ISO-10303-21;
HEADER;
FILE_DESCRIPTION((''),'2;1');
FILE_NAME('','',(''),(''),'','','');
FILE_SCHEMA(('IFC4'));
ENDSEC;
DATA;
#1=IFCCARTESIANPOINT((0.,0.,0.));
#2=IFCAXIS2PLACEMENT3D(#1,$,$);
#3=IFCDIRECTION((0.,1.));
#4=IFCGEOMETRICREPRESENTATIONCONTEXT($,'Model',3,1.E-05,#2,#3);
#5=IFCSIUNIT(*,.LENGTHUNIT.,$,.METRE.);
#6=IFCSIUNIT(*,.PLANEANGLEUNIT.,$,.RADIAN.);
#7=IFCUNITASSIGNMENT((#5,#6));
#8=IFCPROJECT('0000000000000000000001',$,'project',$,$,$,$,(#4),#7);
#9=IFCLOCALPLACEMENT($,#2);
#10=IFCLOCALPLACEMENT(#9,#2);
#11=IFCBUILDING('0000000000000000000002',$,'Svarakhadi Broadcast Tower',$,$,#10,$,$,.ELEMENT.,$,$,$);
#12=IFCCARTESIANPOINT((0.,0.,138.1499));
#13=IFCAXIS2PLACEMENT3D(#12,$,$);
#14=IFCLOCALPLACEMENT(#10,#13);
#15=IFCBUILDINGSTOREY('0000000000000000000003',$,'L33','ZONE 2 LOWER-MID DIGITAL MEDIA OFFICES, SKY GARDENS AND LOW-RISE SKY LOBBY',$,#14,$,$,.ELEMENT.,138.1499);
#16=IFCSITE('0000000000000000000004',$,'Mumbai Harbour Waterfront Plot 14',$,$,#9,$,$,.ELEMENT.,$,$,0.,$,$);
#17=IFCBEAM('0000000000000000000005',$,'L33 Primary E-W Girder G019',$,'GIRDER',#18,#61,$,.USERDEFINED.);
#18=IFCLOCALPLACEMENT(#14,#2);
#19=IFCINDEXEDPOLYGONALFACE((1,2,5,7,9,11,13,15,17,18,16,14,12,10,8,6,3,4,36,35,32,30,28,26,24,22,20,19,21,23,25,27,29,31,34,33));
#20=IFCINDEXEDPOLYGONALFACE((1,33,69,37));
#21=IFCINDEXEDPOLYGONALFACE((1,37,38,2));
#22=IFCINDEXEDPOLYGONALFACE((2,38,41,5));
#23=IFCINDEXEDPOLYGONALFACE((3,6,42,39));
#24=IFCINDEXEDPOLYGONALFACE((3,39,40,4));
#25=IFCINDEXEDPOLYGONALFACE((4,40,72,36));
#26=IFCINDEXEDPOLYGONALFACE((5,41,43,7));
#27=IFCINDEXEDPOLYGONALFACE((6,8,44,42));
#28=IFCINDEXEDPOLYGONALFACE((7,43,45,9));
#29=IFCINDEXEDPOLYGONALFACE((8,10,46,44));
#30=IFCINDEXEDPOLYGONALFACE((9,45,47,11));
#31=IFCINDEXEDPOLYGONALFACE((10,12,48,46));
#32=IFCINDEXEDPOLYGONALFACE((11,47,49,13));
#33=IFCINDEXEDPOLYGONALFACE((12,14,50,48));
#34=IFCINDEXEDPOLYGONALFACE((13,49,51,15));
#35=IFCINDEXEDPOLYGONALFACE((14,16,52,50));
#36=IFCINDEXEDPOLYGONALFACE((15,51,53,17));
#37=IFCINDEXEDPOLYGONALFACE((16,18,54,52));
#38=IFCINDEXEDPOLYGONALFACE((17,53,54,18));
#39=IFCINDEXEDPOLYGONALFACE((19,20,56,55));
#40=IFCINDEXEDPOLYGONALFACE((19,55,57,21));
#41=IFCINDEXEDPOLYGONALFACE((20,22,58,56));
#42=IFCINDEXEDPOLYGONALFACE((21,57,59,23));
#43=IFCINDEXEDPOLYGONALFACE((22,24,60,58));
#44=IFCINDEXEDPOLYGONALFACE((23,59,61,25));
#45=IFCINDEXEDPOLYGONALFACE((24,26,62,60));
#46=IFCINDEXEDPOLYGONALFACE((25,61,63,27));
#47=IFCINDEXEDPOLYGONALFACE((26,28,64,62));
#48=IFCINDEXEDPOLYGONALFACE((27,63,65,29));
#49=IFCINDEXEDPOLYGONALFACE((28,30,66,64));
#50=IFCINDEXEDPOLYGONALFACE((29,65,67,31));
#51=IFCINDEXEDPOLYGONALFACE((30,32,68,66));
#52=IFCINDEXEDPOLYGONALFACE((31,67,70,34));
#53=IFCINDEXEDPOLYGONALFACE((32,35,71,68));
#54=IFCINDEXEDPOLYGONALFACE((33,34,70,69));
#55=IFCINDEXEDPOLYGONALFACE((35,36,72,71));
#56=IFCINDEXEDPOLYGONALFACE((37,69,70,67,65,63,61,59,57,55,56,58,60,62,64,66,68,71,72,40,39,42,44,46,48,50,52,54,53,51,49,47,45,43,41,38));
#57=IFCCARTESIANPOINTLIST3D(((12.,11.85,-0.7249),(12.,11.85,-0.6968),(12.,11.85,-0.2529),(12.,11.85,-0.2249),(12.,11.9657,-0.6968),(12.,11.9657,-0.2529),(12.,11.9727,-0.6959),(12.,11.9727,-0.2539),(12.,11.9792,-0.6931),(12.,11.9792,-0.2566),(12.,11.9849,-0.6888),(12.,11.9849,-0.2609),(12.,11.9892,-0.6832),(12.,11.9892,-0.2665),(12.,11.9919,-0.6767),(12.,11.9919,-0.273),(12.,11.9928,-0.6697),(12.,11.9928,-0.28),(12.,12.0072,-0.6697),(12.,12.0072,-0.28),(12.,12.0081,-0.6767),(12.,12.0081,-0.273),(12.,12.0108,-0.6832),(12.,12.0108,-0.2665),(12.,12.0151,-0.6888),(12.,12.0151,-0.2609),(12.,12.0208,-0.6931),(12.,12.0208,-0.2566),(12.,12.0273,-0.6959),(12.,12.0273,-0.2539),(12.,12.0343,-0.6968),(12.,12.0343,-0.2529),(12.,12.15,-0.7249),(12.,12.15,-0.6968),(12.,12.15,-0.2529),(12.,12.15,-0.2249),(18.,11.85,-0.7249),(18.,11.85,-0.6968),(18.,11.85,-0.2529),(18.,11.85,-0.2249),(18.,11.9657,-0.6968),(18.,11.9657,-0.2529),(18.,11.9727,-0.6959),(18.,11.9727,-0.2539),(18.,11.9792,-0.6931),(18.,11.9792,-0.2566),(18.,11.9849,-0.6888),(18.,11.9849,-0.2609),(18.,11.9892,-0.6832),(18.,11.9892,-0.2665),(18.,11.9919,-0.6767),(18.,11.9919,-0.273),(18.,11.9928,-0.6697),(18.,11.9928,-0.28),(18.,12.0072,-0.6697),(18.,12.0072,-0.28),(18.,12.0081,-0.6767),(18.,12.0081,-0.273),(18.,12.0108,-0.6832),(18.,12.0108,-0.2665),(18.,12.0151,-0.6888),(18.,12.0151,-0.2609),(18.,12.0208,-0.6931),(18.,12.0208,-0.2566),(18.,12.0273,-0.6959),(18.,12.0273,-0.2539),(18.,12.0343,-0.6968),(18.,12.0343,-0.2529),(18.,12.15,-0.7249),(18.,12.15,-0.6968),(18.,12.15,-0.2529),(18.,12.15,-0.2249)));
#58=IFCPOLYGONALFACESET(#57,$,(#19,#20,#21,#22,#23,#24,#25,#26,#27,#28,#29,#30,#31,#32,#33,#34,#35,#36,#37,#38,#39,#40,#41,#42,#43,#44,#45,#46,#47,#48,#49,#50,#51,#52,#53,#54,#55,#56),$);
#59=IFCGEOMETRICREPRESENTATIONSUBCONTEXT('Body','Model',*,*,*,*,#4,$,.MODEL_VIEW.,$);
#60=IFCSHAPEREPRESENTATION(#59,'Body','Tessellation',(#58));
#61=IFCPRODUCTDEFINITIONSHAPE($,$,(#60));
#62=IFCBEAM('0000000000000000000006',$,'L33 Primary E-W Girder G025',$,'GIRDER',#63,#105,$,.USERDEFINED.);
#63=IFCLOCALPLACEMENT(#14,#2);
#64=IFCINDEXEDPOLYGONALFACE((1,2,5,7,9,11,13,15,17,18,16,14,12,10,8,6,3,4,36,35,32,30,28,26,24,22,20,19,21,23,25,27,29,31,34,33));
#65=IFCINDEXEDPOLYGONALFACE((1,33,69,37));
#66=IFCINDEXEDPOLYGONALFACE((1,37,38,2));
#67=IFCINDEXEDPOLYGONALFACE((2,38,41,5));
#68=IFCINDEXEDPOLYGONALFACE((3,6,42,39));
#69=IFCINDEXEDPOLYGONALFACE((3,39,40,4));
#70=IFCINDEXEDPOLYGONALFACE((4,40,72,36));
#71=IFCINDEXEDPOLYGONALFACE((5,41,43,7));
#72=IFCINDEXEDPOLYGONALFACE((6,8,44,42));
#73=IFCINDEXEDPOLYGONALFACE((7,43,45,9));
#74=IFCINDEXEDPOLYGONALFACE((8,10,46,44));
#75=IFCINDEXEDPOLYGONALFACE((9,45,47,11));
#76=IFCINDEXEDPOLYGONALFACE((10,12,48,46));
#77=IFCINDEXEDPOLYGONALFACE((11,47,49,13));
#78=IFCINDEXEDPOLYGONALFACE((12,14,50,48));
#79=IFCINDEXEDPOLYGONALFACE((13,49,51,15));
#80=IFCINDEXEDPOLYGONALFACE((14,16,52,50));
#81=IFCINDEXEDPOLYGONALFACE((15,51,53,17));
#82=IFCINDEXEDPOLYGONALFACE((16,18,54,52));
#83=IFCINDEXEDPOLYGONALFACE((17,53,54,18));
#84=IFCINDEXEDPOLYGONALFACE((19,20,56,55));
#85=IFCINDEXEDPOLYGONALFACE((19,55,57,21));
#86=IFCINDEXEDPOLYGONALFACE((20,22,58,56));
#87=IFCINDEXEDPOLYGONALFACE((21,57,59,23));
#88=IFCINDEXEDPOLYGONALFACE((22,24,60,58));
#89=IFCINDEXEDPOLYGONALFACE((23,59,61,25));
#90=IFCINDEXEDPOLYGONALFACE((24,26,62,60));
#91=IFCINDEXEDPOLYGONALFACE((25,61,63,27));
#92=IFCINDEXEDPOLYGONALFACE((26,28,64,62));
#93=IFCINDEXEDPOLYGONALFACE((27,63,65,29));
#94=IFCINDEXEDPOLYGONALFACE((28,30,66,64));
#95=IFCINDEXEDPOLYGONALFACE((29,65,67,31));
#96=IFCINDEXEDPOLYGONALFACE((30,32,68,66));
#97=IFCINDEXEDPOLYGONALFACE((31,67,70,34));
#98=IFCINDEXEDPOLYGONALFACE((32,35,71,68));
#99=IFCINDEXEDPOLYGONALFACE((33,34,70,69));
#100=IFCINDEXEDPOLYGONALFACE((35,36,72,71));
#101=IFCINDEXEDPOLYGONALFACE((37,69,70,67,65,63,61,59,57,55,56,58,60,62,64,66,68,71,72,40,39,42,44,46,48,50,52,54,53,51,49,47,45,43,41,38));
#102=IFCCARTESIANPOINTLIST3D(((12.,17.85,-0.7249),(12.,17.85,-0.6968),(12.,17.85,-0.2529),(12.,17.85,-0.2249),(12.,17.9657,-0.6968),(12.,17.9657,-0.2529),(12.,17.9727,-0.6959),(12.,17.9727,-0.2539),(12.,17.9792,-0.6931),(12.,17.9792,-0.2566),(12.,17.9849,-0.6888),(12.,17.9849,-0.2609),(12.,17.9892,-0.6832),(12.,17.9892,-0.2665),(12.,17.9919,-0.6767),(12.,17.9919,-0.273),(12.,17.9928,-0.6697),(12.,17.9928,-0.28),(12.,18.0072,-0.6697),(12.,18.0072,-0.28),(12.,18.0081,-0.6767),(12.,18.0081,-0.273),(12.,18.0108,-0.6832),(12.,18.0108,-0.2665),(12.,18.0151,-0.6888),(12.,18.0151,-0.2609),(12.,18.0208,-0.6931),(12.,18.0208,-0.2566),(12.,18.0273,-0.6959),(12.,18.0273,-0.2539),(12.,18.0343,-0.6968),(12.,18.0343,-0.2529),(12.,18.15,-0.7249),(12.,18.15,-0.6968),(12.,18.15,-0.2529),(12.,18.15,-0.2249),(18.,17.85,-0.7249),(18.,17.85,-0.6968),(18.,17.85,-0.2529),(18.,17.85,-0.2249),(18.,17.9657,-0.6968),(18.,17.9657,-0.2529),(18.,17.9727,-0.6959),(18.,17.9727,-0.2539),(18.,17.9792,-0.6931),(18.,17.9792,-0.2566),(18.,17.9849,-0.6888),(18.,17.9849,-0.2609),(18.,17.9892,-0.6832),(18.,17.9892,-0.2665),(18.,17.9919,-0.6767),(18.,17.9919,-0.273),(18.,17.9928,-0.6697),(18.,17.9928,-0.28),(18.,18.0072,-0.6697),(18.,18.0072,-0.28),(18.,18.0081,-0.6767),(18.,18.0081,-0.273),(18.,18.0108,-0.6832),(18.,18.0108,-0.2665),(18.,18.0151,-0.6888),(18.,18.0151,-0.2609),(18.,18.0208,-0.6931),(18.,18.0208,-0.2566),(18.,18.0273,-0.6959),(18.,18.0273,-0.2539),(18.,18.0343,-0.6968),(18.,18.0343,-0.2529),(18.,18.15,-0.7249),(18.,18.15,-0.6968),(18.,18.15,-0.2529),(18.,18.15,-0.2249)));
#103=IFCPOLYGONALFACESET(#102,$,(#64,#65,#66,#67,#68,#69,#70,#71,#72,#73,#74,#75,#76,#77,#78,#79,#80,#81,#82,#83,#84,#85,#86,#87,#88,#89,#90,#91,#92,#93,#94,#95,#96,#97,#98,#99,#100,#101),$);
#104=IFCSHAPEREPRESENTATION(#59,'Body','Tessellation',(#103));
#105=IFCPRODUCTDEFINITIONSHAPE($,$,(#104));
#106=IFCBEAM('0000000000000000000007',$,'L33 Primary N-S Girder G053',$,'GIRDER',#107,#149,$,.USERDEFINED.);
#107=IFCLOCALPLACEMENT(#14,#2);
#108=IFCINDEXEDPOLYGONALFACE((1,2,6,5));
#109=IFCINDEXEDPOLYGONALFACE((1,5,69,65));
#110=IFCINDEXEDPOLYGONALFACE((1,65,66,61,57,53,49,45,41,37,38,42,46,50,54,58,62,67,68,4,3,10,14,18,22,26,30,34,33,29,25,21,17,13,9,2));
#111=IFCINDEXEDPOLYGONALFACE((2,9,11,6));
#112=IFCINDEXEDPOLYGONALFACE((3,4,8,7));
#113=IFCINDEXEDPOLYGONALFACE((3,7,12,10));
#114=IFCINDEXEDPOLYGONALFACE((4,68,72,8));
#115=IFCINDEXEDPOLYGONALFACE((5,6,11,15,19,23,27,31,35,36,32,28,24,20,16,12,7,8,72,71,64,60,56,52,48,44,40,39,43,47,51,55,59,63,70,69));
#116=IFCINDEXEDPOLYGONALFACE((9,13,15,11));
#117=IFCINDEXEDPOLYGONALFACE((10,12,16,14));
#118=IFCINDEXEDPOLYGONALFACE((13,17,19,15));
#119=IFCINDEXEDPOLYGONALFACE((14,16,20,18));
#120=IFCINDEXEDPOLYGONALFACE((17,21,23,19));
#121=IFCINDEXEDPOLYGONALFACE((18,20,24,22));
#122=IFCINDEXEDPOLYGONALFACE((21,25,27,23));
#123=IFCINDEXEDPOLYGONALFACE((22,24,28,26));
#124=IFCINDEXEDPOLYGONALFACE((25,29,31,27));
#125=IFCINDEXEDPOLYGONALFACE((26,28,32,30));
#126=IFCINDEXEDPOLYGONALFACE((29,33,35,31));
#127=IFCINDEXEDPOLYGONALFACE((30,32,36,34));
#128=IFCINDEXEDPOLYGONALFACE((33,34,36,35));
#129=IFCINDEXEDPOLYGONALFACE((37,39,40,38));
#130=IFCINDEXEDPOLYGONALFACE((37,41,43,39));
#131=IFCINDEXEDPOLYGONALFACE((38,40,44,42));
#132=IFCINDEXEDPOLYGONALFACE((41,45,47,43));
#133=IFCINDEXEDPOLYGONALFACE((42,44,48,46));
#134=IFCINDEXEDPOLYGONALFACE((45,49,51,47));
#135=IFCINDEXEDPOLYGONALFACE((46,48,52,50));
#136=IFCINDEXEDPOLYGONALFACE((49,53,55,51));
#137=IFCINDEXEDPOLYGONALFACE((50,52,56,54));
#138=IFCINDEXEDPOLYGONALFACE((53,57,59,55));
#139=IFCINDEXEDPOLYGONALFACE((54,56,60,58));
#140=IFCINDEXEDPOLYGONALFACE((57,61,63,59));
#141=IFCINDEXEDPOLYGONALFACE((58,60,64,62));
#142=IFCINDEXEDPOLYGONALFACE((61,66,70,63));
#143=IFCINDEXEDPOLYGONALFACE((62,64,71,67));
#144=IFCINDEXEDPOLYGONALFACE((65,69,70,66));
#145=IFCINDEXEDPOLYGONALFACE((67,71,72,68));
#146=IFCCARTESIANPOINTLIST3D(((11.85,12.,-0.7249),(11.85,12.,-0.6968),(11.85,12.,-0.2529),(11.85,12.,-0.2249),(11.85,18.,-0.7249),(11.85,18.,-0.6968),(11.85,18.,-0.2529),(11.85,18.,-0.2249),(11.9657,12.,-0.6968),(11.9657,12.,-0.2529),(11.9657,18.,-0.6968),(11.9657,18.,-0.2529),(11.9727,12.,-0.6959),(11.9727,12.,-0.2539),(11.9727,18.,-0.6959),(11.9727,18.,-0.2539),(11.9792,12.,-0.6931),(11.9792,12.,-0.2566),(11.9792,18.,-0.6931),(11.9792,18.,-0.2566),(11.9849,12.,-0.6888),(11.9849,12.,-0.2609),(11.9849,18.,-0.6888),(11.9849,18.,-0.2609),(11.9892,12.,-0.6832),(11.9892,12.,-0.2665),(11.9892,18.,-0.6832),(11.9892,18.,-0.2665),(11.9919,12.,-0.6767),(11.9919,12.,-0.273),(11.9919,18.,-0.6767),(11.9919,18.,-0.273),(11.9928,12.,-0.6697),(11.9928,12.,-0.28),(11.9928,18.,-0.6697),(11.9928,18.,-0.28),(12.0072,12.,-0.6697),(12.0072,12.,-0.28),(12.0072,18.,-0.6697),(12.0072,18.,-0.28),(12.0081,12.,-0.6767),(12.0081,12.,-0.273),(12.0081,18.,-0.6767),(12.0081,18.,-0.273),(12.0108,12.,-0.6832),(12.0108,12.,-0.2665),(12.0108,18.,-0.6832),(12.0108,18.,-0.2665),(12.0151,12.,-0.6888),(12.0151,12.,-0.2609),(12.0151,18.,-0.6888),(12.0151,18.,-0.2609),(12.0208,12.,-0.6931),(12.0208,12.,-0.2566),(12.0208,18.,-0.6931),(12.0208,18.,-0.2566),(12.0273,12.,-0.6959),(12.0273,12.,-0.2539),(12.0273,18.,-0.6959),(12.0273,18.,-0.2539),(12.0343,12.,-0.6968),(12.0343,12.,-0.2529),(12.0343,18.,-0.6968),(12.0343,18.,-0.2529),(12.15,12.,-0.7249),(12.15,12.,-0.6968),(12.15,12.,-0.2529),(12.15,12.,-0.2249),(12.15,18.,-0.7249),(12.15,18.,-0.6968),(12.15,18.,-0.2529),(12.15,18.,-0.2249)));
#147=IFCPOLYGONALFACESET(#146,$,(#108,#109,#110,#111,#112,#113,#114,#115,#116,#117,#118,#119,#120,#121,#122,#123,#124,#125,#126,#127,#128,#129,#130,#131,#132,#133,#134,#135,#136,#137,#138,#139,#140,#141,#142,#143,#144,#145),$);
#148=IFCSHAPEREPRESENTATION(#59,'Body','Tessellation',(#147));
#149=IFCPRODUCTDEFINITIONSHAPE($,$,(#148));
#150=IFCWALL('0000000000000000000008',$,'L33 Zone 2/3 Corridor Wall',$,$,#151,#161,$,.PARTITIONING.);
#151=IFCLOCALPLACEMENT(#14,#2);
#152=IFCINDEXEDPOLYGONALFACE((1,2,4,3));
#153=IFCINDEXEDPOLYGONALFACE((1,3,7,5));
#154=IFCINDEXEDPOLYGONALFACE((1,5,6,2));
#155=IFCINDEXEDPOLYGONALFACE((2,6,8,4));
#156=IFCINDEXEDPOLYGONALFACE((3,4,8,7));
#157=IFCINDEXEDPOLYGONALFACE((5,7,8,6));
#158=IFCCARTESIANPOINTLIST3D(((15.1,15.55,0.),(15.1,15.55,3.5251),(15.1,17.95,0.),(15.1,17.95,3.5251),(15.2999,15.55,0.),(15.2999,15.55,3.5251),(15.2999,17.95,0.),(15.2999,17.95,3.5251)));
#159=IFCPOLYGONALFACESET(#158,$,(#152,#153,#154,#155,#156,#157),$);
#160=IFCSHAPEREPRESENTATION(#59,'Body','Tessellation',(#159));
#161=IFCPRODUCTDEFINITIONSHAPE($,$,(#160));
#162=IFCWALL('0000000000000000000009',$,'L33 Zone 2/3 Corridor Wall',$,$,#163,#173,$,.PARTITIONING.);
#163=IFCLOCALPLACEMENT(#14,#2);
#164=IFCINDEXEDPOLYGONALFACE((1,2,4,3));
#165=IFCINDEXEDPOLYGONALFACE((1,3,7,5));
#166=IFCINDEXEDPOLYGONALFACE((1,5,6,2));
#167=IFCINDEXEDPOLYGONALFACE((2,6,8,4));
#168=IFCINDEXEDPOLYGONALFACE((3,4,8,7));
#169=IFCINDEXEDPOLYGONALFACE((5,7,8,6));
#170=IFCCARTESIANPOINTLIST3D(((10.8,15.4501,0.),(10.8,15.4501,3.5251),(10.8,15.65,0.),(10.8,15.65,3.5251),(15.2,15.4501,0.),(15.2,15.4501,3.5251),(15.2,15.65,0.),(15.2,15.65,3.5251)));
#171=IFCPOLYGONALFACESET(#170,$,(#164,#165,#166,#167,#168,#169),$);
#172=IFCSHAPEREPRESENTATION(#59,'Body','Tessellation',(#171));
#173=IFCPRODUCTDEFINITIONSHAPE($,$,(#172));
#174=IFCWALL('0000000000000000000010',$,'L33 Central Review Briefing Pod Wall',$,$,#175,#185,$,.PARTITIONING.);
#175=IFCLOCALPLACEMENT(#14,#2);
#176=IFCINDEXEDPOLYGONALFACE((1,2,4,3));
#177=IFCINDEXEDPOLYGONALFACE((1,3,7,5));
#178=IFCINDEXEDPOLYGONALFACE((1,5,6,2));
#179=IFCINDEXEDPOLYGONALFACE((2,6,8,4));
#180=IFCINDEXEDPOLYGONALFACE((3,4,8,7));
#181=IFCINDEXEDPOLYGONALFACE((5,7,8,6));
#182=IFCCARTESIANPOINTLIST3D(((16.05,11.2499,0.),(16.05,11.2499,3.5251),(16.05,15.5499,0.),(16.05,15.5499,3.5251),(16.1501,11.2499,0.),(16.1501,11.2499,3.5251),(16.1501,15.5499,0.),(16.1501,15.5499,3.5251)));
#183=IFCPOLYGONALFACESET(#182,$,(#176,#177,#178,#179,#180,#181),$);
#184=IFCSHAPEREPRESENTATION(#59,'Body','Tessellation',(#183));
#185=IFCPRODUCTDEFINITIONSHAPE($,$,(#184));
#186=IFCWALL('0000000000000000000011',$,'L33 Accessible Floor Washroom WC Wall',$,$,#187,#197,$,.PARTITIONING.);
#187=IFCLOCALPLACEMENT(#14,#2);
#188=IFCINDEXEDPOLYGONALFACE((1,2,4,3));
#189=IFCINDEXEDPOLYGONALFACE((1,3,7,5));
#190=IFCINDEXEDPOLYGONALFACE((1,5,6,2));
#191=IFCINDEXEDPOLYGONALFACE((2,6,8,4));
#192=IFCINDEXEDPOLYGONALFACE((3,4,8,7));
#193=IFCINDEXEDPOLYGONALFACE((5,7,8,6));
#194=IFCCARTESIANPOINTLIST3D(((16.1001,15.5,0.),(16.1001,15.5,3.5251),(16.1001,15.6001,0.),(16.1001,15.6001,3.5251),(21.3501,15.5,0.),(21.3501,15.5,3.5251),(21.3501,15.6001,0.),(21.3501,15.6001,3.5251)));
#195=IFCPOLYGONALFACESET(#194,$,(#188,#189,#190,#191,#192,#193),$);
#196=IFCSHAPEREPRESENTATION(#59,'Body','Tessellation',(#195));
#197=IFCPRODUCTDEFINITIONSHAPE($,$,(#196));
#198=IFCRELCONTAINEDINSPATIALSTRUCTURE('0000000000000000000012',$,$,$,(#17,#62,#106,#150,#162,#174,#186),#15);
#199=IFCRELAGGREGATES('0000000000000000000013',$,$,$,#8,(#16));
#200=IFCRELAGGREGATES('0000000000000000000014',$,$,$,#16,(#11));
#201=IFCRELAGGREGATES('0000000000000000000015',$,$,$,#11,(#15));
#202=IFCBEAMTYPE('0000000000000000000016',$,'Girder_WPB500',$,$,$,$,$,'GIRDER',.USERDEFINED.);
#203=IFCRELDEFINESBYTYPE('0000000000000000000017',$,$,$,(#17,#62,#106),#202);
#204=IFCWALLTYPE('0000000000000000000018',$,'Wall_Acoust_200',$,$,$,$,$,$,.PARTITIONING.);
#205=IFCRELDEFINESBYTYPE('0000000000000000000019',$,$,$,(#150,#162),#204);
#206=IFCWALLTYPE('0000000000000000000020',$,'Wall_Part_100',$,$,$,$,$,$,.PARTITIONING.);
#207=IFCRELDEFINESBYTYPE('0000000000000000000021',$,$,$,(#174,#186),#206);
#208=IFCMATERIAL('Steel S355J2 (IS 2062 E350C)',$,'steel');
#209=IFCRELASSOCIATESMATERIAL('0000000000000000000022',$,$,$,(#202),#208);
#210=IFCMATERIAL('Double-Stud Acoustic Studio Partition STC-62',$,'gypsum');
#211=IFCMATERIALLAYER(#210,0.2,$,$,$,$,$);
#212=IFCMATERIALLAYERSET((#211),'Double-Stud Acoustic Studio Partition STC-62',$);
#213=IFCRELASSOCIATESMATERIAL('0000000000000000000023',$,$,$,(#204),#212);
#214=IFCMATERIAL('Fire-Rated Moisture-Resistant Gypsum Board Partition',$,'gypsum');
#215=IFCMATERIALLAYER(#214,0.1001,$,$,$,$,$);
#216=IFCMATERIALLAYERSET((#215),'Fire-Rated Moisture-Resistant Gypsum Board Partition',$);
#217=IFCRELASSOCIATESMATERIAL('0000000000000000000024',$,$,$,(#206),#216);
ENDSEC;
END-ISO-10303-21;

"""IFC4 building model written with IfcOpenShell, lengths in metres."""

from ifc_helpers import new_model, si_unit, direction, frame, frame_2d, origin, origin_2d, place, context, subcontext, project, spatial, rectangle, i_section, extrude, material, layer, layer_set, material_profile, profile_set, type_object, element, save


model = new_model("IFC4")

# Units and contexts
model_context = context("Model", 3, precision=1e-05, world=origin(), true_north=direction((0.0, 1.0)))
body_context = subcontext(model_context, "Body", "Model", "MODEL_VIEW")
ifc_project = project(units=[si_unit("LENGTHUNIT", "METRE"), si_unit("PLANEANGLEUNIT", "RADIAN")], contexts=[model_context])

# Site, building, storey
site_placement = place(None, origin())
site = spatial("IfcSite", under=ifc_project, at=site_placement, Name="Mumbai Harbour Waterfront Plot 14", CompositionType="ELEMENT", RefElevation=0.0)
building_placement = place(site_placement, origin())
building = spatial("IfcBuilding", under=site, at=building_placement, Name="Svarakhadi Broadcast Tower", CompositionType="ELEMENT")
storey_placement = place(building_placement, frame((0.0, 0.0, 138.1499)))
storey = spatial("IfcBuildingStorey", under=building, at=storey_placement, Name="L33", Description="ZONE 2 LOWER-MID DIGITAL MEDIA OFFICES, SKY GARDENS AND LOW-RISE SKY LOBBY", CompositionType="ELEMENT", Elevation=138.1499)

# Beams
ifc_material_1 = material(Name="Steel S355J2 (IS 2062 E350C)", Category="steel")
ifc_material_profile_1 = material_profile(ifc_material_1, i_section(OverallWidth=0.3, OverallDepth=0.5, WebThickness=0.0144, FlangeThickness=0.0281, FilletRadius=0.0271, at=origin_2d()), Name="WPB 500x300x187")
ifc_profile_set_1 = profile_set([ifc_material_profile_1], Name="Steel S355J2 (IS 2062 E350C)")
beam_type_1 = type_object("IfcBeamType", Name="Girder_WPB500", ElementType="GIRDER", PredefinedType="USERDEFINED", material=ifc_profile_set_1)
for number, where, z_axis, x_axis, name in (
    (1, (12.0, 12.0, -0.4749), (1.0, 0.0, 0.0), (0.0, 1.0, 0.0), "L33 Primary E-W Girder G019"),
    (2, (12.0, 18.0, -0.4749), (1.0, 0.0, 0.0), (0.0, 1.0, 0.0), "L33 Primary E-W Girder G025"),
    (3, (12.0, 12.0, -0.4749), (0.0, 1.0, 0.0), (-1.0, 0.0, 0.0), "L33 Primary N-S Girder G053"),
):
    element("IfcBeam", number, at=place(storey_placement, frame(where, z_axis=z_axis, x_axis=x_axis)), inside=storey, type_object=beam_type_1, Name=name, ObjectType="GIRDER", PredefinedType="USERDEFINED", context=body_context, shape_type="SweptSolid", body=[
        extrude(i_section(OverallWidth=0.3, OverallDepth=0.5, WebThickness=0.0144, FlangeThickness=0.0281, FilletRadius=0.0271, at=origin_2d()), origin(), (0.0, 0.0, 1.0), 6.0),
    ])

# Walls
ifc_material_2 = material(Name="Double-Stud Acoustic Studio Partition STC-62", Category="gypsum")
ifc_layer_1 = layer(ifc_material_2, 0.2)
ifc_layer_set_1 = layer_set([ifc_layer_1], Name="Double-Stud Acoustic Studio Partition STC-62")
wall_type_1 = type_object("IfcWallType", Name="Wall_Acoust_200", PredefinedType="PARTITIONING", material=ifc_layer_set_1)
wall_1_placement = place(storey_placement, frame((15.2, 17.95, 0.0), z_axis=(0.0, 0.0, 1.0), x_axis=(0.0, -1.0, 0.0)))
element("IfcWall", 4, at=wall_1_placement, inside=storey, type_object=wall_type_1, Name="L33 Zone 2/3 Corridor Wall", PredefinedType="PARTITIONING", context=body_context, shape_type="SweptSolid", body=[
    extrude(rectangle(XDim=2.3999, YDim=0.2, at=frame_2d((1.2, 0.0))), origin(), (0.0, 0.0, 1.0), 3.5251),
])
wall_2_placement = place(storey_placement, frame((15.2, 15.55, 0.0), z_axis=(0.0, 0.0, 1.0), x_axis=(-1.0, 0.0, 0.0)))
element("IfcWall", 5, at=wall_2_placement, inside=storey, type_object=wall_type_1, Name="L33 Zone 2/3 Corridor Wall", PredefinedType="PARTITIONING", context=body_context, shape_type="SweptSolid", body=[
    extrude(rectangle(XDim=4.3999, YDim=0.2, at=frame_2d((2.2, 0.0))), origin(), (0.0, 0.0, 1.0), 3.5251),
])
ifc_material_3 = material(Name="Fire-Rated Moisture-Resistant Gypsum Board Partition", Category="gypsum")
ifc_layer_2 = layer(ifc_material_3, 0.1001)
ifc_layer_set_2 = layer_set([ifc_layer_2], Name="Fire-Rated Moisture-Resistant Gypsum Board Partition")
wall_type_2 = type_object("IfcWallType", Name="Wall_Part_100", PredefinedType="PARTITIONING", material=ifc_layer_set_2)
wall_3_placement = place(storey_placement, frame((16.1001, 11.25, 0.0), z_axis=(0.0, 0.0, 1.0), x_axis=(0.0, 1.0, 0.0)))
element("IfcWall", 6, at=wall_3_placement, inside=storey, type_object=wall_type_2, Name="L33 Central Review Briefing Pod Wall", PredefinedType="PARTITIONING", context=body_context, shape_type="SweptSolid", body=[
    extrude(rectangle(XDim=4.3, YDim=0.1001, at=frame_2d((2.1499, 0.0))), origin(), (0.0, 0.0, 1.0), 3.5251),
])
wall_4_placement = place(storey_placement, frame((16.1001, 15.55, 0.0), z_axis=(0.0, 0.0, 1.0), x_axis=(1.0, 0.0, 0.0)))
element("IfcWall", 7, at=wall_4_placement, inside=storey, type_object=wall_type_2, Name="L33 Accessible Floor Washroom WC Wall", PredefinedType="PARTITIONING", context=body_context, shape_type="SweptSolid", body=[
    extrude(rectangle(XDim=5.25, YDim=0.1001, at=frame_2d((2.625, 0.0))), origin(), (0.0, 0.0, 1.0), 3.5251),
])

save(model, "model.ifc")
